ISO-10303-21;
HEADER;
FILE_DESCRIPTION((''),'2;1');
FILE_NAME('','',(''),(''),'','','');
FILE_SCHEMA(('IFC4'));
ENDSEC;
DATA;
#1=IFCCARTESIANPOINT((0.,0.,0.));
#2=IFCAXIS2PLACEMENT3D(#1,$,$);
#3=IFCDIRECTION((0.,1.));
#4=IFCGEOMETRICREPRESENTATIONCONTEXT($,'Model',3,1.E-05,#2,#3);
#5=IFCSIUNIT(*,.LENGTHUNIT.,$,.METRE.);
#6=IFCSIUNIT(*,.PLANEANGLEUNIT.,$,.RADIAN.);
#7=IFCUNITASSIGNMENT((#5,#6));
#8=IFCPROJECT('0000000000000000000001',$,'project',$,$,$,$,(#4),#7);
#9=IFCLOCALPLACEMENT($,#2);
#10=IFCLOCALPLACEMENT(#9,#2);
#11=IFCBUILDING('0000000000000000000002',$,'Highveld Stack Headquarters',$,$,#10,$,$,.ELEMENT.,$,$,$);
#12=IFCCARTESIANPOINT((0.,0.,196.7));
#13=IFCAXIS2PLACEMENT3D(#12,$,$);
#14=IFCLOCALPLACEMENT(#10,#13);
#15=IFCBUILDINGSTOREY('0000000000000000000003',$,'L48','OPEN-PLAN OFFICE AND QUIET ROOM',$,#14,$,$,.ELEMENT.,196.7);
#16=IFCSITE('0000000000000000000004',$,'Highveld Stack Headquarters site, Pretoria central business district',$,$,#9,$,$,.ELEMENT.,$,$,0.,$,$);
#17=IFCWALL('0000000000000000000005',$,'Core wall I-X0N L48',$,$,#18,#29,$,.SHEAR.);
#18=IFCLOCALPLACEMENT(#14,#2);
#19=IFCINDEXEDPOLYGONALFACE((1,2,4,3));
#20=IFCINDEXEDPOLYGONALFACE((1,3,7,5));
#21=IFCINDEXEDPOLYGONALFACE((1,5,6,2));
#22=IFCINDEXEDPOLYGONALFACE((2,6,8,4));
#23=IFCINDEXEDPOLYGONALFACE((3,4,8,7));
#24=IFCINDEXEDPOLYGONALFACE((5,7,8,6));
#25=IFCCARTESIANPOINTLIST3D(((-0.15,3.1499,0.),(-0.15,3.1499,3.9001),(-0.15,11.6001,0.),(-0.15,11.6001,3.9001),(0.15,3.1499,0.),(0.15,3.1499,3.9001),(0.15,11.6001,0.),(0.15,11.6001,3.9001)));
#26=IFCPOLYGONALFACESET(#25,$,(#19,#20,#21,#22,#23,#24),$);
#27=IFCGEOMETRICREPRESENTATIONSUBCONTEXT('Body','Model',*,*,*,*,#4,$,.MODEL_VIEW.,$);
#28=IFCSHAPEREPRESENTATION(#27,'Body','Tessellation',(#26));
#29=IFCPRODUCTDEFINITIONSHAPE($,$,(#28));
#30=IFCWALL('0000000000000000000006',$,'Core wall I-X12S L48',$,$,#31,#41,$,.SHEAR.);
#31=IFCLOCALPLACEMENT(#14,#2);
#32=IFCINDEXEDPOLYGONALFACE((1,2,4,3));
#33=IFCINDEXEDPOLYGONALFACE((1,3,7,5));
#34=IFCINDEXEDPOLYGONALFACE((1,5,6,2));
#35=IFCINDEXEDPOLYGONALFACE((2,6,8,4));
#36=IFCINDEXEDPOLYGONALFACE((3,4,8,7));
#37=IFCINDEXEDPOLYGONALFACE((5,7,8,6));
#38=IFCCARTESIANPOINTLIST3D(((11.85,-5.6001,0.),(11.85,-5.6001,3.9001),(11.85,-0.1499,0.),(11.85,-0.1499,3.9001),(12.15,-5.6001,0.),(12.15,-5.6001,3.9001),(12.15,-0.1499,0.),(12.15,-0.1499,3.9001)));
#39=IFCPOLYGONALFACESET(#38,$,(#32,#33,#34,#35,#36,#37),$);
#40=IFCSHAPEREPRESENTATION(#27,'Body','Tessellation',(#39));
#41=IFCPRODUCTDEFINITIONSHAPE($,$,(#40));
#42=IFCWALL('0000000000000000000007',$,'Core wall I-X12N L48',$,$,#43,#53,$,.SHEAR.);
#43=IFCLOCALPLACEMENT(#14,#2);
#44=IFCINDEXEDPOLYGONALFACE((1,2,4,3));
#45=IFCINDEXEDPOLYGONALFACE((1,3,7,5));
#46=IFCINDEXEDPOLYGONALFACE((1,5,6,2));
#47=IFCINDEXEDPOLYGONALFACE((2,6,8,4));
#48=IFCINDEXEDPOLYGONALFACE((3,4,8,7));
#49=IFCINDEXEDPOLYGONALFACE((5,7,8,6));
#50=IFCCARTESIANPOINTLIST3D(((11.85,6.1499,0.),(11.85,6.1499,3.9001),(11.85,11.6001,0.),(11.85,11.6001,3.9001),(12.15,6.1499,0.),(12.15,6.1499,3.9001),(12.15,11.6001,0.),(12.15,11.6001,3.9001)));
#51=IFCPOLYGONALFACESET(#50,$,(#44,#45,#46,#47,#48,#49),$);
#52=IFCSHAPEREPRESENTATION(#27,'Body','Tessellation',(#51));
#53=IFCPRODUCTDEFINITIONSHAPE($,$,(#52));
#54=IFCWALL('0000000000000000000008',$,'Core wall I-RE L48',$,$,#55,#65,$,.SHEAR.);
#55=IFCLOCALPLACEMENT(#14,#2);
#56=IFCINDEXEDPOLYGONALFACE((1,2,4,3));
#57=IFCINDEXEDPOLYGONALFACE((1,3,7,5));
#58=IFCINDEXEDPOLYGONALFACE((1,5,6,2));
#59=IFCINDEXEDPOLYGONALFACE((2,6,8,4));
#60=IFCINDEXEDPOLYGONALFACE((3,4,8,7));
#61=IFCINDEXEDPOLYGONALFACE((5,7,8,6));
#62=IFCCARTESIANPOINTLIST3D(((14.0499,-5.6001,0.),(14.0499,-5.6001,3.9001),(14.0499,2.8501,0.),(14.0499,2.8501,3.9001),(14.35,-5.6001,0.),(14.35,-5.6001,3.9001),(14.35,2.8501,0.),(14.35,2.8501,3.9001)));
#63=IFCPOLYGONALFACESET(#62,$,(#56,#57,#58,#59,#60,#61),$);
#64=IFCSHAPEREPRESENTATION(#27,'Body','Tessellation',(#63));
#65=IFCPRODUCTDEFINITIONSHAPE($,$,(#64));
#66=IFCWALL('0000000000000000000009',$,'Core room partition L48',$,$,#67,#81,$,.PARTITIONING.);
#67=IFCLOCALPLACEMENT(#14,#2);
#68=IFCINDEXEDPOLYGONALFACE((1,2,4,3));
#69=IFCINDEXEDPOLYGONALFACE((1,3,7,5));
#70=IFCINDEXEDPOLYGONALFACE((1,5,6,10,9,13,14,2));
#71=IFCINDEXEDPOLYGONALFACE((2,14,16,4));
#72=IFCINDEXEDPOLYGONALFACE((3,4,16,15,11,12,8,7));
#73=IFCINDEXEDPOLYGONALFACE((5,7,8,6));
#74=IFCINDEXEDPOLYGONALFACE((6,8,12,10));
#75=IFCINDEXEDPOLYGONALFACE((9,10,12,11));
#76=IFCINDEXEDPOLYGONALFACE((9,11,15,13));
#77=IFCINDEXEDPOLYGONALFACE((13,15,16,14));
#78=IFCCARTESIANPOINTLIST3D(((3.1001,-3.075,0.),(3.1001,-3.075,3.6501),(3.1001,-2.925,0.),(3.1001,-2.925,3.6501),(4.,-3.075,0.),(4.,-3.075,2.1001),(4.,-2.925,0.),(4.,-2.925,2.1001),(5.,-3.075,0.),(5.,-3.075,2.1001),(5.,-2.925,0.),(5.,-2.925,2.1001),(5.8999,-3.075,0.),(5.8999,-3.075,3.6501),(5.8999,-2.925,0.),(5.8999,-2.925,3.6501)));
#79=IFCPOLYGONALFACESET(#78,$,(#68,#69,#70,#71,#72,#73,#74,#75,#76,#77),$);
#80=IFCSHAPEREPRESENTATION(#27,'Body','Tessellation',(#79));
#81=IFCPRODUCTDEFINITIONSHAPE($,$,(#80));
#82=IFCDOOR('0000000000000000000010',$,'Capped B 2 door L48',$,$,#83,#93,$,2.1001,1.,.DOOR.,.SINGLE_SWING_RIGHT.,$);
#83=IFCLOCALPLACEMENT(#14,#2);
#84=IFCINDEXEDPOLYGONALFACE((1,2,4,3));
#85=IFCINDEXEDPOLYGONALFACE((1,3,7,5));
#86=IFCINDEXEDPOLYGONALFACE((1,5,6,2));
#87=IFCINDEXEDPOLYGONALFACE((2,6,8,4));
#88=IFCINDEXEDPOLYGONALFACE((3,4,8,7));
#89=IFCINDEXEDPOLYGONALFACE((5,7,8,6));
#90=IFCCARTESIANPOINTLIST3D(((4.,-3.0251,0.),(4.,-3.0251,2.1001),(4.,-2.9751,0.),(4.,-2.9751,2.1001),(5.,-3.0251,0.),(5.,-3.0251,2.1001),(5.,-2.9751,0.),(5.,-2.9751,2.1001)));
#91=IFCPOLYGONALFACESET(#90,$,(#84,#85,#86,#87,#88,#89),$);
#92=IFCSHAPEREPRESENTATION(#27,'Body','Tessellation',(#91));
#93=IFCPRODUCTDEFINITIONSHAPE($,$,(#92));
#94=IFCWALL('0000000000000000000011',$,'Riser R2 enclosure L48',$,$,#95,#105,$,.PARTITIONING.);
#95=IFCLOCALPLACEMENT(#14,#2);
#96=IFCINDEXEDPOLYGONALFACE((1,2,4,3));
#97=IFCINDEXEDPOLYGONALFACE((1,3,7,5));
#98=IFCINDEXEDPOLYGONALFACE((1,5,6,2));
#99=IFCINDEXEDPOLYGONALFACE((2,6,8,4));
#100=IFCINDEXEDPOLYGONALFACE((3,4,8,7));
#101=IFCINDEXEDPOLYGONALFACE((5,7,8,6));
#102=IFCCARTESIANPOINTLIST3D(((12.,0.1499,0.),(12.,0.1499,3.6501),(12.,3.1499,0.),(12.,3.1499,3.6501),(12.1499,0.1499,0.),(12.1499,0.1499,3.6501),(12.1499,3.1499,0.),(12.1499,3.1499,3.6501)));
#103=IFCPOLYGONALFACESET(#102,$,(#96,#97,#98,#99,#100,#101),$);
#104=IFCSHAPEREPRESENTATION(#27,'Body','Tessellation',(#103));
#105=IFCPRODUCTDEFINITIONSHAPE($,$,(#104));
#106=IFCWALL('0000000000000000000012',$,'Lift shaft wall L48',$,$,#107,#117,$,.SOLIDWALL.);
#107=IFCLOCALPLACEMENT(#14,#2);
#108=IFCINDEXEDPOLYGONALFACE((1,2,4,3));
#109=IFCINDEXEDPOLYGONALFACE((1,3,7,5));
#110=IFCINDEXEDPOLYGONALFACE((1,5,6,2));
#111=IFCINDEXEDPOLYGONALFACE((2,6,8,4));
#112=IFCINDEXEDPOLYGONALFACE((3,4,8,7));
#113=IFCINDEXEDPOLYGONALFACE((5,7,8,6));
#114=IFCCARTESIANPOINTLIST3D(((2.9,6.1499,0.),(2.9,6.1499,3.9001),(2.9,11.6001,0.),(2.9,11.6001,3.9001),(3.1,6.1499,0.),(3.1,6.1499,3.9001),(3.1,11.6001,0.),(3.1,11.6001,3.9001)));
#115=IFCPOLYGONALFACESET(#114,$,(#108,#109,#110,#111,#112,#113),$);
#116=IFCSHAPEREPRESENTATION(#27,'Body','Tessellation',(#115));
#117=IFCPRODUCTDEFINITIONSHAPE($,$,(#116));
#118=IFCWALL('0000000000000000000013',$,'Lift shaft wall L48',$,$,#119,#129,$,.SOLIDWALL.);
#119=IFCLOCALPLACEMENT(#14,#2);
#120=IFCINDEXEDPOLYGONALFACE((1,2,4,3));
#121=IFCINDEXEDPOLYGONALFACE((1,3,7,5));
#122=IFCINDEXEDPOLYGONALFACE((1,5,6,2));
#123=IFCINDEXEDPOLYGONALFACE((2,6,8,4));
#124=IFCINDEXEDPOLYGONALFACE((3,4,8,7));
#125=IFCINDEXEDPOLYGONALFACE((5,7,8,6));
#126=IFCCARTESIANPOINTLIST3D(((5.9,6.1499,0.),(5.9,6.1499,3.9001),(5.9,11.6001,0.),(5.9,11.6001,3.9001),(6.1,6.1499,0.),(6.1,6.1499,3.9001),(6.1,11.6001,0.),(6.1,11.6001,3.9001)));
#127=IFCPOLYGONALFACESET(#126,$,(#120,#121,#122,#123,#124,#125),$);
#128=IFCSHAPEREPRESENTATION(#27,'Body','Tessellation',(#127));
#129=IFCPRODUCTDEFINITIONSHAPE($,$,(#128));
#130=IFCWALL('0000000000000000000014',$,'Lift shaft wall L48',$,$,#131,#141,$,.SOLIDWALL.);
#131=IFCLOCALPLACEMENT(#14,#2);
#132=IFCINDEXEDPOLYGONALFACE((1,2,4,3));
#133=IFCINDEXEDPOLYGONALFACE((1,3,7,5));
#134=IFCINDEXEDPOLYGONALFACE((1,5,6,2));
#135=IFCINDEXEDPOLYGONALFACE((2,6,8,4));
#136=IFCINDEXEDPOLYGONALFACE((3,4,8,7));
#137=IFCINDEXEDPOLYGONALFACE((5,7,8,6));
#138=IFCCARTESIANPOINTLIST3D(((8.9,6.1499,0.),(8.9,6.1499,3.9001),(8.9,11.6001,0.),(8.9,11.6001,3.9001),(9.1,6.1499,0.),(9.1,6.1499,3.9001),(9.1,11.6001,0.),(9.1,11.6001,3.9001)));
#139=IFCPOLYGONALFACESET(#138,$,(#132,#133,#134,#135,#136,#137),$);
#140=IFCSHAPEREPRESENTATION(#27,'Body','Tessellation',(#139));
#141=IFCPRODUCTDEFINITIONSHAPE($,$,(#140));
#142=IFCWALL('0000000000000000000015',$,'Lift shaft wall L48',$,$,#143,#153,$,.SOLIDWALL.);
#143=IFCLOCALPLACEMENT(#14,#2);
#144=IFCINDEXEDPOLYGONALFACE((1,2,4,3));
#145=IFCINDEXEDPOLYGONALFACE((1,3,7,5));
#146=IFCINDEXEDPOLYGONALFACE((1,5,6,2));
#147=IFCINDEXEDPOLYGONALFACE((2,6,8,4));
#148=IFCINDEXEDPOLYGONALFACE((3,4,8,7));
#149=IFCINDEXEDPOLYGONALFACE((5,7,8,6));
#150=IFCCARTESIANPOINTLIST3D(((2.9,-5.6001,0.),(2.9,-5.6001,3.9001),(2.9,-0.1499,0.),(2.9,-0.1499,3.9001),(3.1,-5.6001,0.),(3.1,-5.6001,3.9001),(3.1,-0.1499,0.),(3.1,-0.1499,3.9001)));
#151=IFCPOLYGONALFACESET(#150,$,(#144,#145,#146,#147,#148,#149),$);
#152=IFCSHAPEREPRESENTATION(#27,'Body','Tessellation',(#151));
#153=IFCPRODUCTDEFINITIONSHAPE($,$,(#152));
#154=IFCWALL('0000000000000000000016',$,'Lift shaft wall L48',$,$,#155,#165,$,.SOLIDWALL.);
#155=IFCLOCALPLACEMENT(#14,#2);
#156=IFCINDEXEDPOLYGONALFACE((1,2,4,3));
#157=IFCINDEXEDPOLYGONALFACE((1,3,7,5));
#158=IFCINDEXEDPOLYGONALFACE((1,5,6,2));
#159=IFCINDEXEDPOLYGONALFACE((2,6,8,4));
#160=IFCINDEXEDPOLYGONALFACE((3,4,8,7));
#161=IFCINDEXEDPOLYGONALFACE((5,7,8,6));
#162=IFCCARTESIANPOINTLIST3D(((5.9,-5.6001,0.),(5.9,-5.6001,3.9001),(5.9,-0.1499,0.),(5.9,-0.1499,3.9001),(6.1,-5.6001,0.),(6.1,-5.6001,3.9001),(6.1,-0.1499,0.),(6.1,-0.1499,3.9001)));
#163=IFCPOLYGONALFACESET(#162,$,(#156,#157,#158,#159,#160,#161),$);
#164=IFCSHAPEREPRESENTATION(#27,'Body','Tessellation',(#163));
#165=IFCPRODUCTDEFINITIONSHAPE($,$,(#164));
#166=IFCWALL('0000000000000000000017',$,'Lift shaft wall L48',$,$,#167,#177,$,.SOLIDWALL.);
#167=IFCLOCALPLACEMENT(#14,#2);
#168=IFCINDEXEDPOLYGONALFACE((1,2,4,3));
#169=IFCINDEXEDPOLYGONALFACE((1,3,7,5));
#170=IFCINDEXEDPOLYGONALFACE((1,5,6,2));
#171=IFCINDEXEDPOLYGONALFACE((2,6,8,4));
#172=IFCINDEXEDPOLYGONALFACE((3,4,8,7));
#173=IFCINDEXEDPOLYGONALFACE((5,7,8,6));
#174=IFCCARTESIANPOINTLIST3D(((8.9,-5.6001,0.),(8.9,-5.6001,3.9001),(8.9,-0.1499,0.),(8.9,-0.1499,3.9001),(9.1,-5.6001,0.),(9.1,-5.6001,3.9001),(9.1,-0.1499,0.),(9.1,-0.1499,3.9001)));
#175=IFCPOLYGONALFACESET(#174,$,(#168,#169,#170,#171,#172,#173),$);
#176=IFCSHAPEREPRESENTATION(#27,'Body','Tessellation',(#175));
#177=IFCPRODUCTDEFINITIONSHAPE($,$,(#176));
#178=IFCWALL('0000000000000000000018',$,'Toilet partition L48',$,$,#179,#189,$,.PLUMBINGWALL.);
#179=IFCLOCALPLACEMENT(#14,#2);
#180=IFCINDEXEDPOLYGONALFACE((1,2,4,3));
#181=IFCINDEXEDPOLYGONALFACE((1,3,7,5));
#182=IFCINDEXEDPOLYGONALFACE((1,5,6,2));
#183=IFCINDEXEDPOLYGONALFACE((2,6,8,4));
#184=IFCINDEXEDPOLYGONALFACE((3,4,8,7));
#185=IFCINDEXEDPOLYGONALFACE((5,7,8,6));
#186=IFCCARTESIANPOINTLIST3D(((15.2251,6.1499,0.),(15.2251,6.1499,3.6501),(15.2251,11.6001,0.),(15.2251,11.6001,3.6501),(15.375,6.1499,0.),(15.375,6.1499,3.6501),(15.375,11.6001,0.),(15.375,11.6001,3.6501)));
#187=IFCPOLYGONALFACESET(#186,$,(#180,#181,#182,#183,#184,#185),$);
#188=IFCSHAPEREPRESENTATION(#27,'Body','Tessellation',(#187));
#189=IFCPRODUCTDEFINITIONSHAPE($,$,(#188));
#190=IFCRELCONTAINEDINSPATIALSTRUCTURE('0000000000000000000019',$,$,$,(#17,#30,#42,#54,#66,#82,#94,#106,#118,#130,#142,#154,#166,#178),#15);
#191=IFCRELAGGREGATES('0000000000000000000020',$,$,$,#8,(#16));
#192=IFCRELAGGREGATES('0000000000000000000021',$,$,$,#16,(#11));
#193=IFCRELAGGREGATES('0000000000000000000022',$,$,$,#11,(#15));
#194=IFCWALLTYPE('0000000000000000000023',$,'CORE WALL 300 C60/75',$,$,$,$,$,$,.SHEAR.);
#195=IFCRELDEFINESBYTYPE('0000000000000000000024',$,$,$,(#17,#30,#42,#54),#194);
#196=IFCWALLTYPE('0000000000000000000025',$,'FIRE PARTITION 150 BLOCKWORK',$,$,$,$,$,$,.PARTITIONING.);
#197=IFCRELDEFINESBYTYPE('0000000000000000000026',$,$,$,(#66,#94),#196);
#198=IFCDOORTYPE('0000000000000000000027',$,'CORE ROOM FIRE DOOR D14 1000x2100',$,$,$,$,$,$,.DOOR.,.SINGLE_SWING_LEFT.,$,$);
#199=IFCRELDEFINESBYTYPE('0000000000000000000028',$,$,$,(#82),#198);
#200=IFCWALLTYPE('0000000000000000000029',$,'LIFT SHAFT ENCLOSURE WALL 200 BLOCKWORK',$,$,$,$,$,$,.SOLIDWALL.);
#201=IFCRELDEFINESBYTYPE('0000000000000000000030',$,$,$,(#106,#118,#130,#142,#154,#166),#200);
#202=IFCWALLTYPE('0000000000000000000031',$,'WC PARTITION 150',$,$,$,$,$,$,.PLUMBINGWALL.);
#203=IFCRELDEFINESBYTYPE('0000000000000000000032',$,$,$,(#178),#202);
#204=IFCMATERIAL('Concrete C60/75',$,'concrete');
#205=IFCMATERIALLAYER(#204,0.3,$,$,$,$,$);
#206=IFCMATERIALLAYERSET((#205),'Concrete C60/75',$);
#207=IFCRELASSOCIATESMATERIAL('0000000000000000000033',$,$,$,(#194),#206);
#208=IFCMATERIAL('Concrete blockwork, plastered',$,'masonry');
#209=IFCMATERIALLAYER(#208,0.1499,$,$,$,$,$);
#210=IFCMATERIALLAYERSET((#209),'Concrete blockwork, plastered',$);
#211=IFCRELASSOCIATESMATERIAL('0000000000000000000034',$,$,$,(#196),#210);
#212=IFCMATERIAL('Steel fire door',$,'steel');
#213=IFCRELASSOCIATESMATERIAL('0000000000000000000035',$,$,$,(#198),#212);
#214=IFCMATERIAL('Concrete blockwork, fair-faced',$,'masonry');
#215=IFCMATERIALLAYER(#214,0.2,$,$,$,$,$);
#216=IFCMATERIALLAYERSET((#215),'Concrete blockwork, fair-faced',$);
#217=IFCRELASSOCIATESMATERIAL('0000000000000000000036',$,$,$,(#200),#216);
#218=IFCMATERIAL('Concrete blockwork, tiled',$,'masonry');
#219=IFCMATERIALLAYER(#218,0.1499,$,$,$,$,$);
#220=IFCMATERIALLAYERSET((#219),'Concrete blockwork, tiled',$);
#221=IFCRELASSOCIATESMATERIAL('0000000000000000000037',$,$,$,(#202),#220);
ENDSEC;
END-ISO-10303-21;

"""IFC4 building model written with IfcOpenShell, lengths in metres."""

from ifc_helpers import new_model, si_unit, direction, frame, frame_2d, origin, place, context, subcontext, project, spatial, rectangle, extrude, material, layer, layer_set, type_object, element, fill, save


model = new_model("IFC4")

# Units and contexts
model_context = context("Model", 3, precision=1e-05, world=origin(), true_north=direction((0.0, 1.0)))
body_context = subcontext(model_context, "Body", "Model", "MODEL_VIEW")
ifc_project = project(units=[si_unit("LENGTHUNIT", "METRE"), si_unit("PLANEANGLEUNIT", "RADIAN")], contexts=[model_context])

# Site, building, storey
site_placement = place(None, origin())
site = spatial("IfcSite", under=ifc_project, at=site_placement, Name="Highveld Stack Headquarters site, Pretoria central business district", CompositionType="ELEMENT", RefElevation=0.0)
building_placement = place(site_placement, origin())
building = spatial("IfcBuilding", under=site, at=building_placement, Name="Highveld Stack Headquarters", CompositionType="ELEMENT")
storey_placement = place(building_placement, frame((0.0, 0.0, 196.7)))
storey = spatial("IfcBuildingStorey", under=building, at=storey_placement, Name="L48", Description="OPEN-PLAN OFFICE AND QUIET ROOM", CompositionType="ELEMENT", Elevation=196.7)

# Shared definitions
ifc_material_1 = material(Name="Concrete C60/75", Category="concrete")
ifc_layer_1 = layer(ifc_material_1, 0.3)
ifc_layer_set_1 = layer_set([ifc_layer_1], Name="Concrete C60/75")
wall_type_1 = type_object("IfcWallType", Name="CORE WALL 300 C60/75", PredefinedType="SHEAR", material=ifc_layer_set_1)

# Walls
wall_1_placement = place(storey_placement, frame((0.0, 3.1499, 0.0), z_axis=(0.0, 0.0, 1.0), x_axis=(0.0, 1.0, 0.0)))
element("IfcWall", 1, at=wall_1_placement, inside=storey, type_object=wall_type_1, Name="Core wall I-X0N L48", PredefinedType="SHEAR", context=body_context, shape_type="SweptSolid", body=[
    extrude(rectangle(XDim=8.4502, YDim=0.3, at=frame_2d((4.2251, 0.0))), origin(), (0.0, 0.0, 1.0), 3.9001),
])
for number, where, z_axis, x_axis, name in (
    (2, (12.0, -5.6001, 0.0), (0.0, 0.0, 1.0), (0.0, 1.0, 0.0), "Core wall I-X12S L48"),
    (3, (12.0, 6.1499, 0.0), (0.0, 0.0, 1.0), (0.0, 1.0, 0.0), "Core wall I-X12N L48"),
):
    element("IfcWall", number, at=place(storey_placement, frame(where, z_axis=z_axis, x_axis=x_axis)), inside=storey, type_object=wall_type_1, Name=name, PredefinedType="SHEAR", context=body_context, shape_type="SweptSolid", body=[
        extrude(rectangle(XDim=5.4502, YDim=0.3, at=frame_2d((2.7251, 0.0))), origin(), (0.0, 0.0, 1.0), 3.9001),
    ])
wall_2_placement = place(storey_placement, frame((14.2, -5.6001, 0.0), z_axis=(0.0, 0.0, 1.0), x_axis=(0.0, 1.0, 0.0)))
element("IfcWall", 4, at=wall_2_placement, inside=storey, type_object=wall_type_1, Name="Core wall I-RE L48", PredefinedType="SHEAR", context=body_context, shape_type="SweptSolid", body=[
    extrude(rectangle(XDim=8.4502, YDim=0.3, at=frame_2d((4.2251, 0.0))), origin(), (0.0, 0.0, 1.0), 3.9001),
])

# Wall, opening, door
ifc_material_2 = material(Name="Concrete blockwork, plastered", Category="masonry")
ifc_layer_2 = layer(ifc_material_2, 0.1499)
ifc_layer_set_2 = layer_set([ifc_layer_2], Name="Concrete blockwork, plastered")
wall_type_2 = type_object("IfcWallType", Name="FIRE PARTITION 150 BLOCKWORK", PredefinedType="PARTITIONING", material=ifc_layer_set_2)
wall_3_placement = place(storey_placement, frame((3.1001, -3.0, 0.0), z_axis=(0.0, 0.0, 1.0), x_axis=(1.0, 0.0, 0.0)))
wall_3 = element("IfcWall", 5, at=wall_3_placement, inside=storey, type_object=wall_type_2, Name="Core room partition L48", PredefinedType="PARTITIONING", context=body_context, shape_type="SweptSolid", body=[
    extrude(rectangle(XDim=2.7998, YDim=0.1499, at=frame_2d((1.3999, 0.0))), origin(), (0.0, 0.0, 1.0), 3.6501),
])
opening_1_placement = place(wall_3_placement, frame((0.8999, 0.0, 0.0)))
opening_1 = element("IfcOpeningElement", 6, at=opening_1_placement, cuts=wall_3, PredefinedType="OPENING", context=body_context, shape_type="SweptSolid", body=[
    extrude(rectangle(XDim=1.0, YDim=2.1001, at=frame_2d((0.5, 1.05))), frame((0.0, 0.085, 0.0), z_axis=(0.0, -1.0, 0.0), x_axis=(1.0, 0.0, 0.0)), (0.0, 0.0, 1.0), 0.1699),
])
ifc_material_3 = material(Name="Steel fire door", Category="steel")
door_type_1 = type_object("IfcDoorType", Name="CORE ROOM FIRE DOOR D14 1000x2100", OperationType="SINGLE_SWING_LEFT", PredefinedType="DOOR", material=ifc_material_3)
door_1_placement = place(opening_1_placement, origin())
door_1 = element("IfcDoor", 7, at=door_1_placement, inside=storey, type_object=door_type_1, Name="Capped B 2 door L48", OperationType="SINGLE_SWING_RIGHT", OverallHeight=2.1001, OverallWidth=1.0, PredefinedType="DOOR", context=body_context, shape_type="SweptSolid", body=[
    extrude(rectangle(XDim=1.0, YDim=2.1001, at=frame_2d((0.5, 1.05))), frame((0.0, 0.0249, 0.0), z_axis=(0.0, -1.0, 0.0), x_axis=(1.0, 0.0, 0.0)), (0.0, 0.0, 1.0), 0.05),
])
fill(opening_1, door_1)

# Walls
wall_4_placement = place(storey_placement, frame((12.075, 0.1499, 0.0), z_axis=(0.0, 0.0, 1.0), x_axis=(0.0, 1.0, 0.0)))
element("IfcWall", 8, at=wall_4_placement, inside=storey, type_object=wall_type_2, Name="Riser R2 enclosure L48", PredefinedType="PARTITIONING", context=body_context, shape_type="SweptSolid", body=[
    extrude(rectangle(XDim=3.0, YDim=0.1499, at=frame_2d((1.5, 0.0))), origin(), (0.0, 0.0, 1.0), 3.6501),
])
ifc_material_4 = material(Name="Concrete blockwork, fair-faced", Category="masonry")
ifc_layer_3 = layer(ifc_material_4, 0.2)
ifc_layer_set_3 = layer_set([ifc_layer_3], Name="Concrete blockwork, fair-faced")
wall_type_3 = type_object("IfcWallType", Name="LIFT SHAFT ENCLOSURE WALL 200 BLOCKWORK", PredefinedType="SOLIDWALL", material=ifc_layer_set_3)
for number, where, z_axis, x_axis, name in (
    (9, (3.0, 6.1499, 0.0), (0.0, 0.0, 1.0), (0.0, 1.0, 0.0), "Lift shaft wall L48"),
    (10, (6.0, 6.1499, 0.0), (0.0, 0.0, 1.0), (0.0, 1.0, 0.0), "Lift shaft wall L48"),
    (11, (9.0, 6.1499, 0.0), (0.0, 0.0, 1.0), (0.0, 1.0, 0.0), "Lift shaft wall L48"),
    (12, (3.0, -5.6001, 0.0), (0.0, 0.0, 1.0), (0.0, 1.0, 0.0), "Lift shaft wall L48"),
    (13, (6.0, -5.6001, 0.0), (0.0, 0.0, 1.0), (0.0, 1.0, 0.0), "Lift shaft wall L48"),
    (14, (9.0, -5.6001, 0.0), (0.0, 0.0, 1.0), (0.0, 1.0, 0.0), "Lift shaft wall L48"),
):
    element("IfcWall", number, at=place(storey_placement, frame(where, z_axis=z_axis, x_axis=x_axis)), inside=storey, type_object=wall_type_3, Name=name, PredefinedType="SOLIDWALL", context=body_context, shape_type="SweptSolid", body=[
        extrude(rectangle(XDim=5.4502, YDim=0.2, at=frame_2d((2.7251, 0.0))), origin(), (0.0, 0.0, 1.0), 3.9001),
    ])
ifc_material_5 = material(Name="Concrete blockwork, tiled", Category="masonry")
ifc_layer_4 = layer(ifc_material_5, 0.1499)
ifc_layer_set_4 = layer_set([ifc_layer_4], Name="Concrete blockwork, tiled")
wall_type_4 = type_object("IfcWallType", Name="WC PARTITION 150", PredefinedType="PLUMBINGWALL", material=ifc_layer_set_4)
wall_5_placement = place(storey_placement, frame((15.3, 6.1499, 0.0), z_axis=(0.0, 0.0, 1.0), x_axis=(0.0, 1.0, 0.0)))
element("IfcWall", 15, at=wall_5_placement, inside=storey, type_object=wall_type_4, Name="Toilet partition L48", PredefinedType="PLUMBINGWALL", context=body_context, shape_type="SweptSolid", body=[
    extrude(rectangle(XDim=5.4502, YDim=0.1499, at=frame_2d((2.7251, 0.0))), origin(), (0.0, 0.0, 1.0), 3.6501),
])

save(model, "model.ifc")
